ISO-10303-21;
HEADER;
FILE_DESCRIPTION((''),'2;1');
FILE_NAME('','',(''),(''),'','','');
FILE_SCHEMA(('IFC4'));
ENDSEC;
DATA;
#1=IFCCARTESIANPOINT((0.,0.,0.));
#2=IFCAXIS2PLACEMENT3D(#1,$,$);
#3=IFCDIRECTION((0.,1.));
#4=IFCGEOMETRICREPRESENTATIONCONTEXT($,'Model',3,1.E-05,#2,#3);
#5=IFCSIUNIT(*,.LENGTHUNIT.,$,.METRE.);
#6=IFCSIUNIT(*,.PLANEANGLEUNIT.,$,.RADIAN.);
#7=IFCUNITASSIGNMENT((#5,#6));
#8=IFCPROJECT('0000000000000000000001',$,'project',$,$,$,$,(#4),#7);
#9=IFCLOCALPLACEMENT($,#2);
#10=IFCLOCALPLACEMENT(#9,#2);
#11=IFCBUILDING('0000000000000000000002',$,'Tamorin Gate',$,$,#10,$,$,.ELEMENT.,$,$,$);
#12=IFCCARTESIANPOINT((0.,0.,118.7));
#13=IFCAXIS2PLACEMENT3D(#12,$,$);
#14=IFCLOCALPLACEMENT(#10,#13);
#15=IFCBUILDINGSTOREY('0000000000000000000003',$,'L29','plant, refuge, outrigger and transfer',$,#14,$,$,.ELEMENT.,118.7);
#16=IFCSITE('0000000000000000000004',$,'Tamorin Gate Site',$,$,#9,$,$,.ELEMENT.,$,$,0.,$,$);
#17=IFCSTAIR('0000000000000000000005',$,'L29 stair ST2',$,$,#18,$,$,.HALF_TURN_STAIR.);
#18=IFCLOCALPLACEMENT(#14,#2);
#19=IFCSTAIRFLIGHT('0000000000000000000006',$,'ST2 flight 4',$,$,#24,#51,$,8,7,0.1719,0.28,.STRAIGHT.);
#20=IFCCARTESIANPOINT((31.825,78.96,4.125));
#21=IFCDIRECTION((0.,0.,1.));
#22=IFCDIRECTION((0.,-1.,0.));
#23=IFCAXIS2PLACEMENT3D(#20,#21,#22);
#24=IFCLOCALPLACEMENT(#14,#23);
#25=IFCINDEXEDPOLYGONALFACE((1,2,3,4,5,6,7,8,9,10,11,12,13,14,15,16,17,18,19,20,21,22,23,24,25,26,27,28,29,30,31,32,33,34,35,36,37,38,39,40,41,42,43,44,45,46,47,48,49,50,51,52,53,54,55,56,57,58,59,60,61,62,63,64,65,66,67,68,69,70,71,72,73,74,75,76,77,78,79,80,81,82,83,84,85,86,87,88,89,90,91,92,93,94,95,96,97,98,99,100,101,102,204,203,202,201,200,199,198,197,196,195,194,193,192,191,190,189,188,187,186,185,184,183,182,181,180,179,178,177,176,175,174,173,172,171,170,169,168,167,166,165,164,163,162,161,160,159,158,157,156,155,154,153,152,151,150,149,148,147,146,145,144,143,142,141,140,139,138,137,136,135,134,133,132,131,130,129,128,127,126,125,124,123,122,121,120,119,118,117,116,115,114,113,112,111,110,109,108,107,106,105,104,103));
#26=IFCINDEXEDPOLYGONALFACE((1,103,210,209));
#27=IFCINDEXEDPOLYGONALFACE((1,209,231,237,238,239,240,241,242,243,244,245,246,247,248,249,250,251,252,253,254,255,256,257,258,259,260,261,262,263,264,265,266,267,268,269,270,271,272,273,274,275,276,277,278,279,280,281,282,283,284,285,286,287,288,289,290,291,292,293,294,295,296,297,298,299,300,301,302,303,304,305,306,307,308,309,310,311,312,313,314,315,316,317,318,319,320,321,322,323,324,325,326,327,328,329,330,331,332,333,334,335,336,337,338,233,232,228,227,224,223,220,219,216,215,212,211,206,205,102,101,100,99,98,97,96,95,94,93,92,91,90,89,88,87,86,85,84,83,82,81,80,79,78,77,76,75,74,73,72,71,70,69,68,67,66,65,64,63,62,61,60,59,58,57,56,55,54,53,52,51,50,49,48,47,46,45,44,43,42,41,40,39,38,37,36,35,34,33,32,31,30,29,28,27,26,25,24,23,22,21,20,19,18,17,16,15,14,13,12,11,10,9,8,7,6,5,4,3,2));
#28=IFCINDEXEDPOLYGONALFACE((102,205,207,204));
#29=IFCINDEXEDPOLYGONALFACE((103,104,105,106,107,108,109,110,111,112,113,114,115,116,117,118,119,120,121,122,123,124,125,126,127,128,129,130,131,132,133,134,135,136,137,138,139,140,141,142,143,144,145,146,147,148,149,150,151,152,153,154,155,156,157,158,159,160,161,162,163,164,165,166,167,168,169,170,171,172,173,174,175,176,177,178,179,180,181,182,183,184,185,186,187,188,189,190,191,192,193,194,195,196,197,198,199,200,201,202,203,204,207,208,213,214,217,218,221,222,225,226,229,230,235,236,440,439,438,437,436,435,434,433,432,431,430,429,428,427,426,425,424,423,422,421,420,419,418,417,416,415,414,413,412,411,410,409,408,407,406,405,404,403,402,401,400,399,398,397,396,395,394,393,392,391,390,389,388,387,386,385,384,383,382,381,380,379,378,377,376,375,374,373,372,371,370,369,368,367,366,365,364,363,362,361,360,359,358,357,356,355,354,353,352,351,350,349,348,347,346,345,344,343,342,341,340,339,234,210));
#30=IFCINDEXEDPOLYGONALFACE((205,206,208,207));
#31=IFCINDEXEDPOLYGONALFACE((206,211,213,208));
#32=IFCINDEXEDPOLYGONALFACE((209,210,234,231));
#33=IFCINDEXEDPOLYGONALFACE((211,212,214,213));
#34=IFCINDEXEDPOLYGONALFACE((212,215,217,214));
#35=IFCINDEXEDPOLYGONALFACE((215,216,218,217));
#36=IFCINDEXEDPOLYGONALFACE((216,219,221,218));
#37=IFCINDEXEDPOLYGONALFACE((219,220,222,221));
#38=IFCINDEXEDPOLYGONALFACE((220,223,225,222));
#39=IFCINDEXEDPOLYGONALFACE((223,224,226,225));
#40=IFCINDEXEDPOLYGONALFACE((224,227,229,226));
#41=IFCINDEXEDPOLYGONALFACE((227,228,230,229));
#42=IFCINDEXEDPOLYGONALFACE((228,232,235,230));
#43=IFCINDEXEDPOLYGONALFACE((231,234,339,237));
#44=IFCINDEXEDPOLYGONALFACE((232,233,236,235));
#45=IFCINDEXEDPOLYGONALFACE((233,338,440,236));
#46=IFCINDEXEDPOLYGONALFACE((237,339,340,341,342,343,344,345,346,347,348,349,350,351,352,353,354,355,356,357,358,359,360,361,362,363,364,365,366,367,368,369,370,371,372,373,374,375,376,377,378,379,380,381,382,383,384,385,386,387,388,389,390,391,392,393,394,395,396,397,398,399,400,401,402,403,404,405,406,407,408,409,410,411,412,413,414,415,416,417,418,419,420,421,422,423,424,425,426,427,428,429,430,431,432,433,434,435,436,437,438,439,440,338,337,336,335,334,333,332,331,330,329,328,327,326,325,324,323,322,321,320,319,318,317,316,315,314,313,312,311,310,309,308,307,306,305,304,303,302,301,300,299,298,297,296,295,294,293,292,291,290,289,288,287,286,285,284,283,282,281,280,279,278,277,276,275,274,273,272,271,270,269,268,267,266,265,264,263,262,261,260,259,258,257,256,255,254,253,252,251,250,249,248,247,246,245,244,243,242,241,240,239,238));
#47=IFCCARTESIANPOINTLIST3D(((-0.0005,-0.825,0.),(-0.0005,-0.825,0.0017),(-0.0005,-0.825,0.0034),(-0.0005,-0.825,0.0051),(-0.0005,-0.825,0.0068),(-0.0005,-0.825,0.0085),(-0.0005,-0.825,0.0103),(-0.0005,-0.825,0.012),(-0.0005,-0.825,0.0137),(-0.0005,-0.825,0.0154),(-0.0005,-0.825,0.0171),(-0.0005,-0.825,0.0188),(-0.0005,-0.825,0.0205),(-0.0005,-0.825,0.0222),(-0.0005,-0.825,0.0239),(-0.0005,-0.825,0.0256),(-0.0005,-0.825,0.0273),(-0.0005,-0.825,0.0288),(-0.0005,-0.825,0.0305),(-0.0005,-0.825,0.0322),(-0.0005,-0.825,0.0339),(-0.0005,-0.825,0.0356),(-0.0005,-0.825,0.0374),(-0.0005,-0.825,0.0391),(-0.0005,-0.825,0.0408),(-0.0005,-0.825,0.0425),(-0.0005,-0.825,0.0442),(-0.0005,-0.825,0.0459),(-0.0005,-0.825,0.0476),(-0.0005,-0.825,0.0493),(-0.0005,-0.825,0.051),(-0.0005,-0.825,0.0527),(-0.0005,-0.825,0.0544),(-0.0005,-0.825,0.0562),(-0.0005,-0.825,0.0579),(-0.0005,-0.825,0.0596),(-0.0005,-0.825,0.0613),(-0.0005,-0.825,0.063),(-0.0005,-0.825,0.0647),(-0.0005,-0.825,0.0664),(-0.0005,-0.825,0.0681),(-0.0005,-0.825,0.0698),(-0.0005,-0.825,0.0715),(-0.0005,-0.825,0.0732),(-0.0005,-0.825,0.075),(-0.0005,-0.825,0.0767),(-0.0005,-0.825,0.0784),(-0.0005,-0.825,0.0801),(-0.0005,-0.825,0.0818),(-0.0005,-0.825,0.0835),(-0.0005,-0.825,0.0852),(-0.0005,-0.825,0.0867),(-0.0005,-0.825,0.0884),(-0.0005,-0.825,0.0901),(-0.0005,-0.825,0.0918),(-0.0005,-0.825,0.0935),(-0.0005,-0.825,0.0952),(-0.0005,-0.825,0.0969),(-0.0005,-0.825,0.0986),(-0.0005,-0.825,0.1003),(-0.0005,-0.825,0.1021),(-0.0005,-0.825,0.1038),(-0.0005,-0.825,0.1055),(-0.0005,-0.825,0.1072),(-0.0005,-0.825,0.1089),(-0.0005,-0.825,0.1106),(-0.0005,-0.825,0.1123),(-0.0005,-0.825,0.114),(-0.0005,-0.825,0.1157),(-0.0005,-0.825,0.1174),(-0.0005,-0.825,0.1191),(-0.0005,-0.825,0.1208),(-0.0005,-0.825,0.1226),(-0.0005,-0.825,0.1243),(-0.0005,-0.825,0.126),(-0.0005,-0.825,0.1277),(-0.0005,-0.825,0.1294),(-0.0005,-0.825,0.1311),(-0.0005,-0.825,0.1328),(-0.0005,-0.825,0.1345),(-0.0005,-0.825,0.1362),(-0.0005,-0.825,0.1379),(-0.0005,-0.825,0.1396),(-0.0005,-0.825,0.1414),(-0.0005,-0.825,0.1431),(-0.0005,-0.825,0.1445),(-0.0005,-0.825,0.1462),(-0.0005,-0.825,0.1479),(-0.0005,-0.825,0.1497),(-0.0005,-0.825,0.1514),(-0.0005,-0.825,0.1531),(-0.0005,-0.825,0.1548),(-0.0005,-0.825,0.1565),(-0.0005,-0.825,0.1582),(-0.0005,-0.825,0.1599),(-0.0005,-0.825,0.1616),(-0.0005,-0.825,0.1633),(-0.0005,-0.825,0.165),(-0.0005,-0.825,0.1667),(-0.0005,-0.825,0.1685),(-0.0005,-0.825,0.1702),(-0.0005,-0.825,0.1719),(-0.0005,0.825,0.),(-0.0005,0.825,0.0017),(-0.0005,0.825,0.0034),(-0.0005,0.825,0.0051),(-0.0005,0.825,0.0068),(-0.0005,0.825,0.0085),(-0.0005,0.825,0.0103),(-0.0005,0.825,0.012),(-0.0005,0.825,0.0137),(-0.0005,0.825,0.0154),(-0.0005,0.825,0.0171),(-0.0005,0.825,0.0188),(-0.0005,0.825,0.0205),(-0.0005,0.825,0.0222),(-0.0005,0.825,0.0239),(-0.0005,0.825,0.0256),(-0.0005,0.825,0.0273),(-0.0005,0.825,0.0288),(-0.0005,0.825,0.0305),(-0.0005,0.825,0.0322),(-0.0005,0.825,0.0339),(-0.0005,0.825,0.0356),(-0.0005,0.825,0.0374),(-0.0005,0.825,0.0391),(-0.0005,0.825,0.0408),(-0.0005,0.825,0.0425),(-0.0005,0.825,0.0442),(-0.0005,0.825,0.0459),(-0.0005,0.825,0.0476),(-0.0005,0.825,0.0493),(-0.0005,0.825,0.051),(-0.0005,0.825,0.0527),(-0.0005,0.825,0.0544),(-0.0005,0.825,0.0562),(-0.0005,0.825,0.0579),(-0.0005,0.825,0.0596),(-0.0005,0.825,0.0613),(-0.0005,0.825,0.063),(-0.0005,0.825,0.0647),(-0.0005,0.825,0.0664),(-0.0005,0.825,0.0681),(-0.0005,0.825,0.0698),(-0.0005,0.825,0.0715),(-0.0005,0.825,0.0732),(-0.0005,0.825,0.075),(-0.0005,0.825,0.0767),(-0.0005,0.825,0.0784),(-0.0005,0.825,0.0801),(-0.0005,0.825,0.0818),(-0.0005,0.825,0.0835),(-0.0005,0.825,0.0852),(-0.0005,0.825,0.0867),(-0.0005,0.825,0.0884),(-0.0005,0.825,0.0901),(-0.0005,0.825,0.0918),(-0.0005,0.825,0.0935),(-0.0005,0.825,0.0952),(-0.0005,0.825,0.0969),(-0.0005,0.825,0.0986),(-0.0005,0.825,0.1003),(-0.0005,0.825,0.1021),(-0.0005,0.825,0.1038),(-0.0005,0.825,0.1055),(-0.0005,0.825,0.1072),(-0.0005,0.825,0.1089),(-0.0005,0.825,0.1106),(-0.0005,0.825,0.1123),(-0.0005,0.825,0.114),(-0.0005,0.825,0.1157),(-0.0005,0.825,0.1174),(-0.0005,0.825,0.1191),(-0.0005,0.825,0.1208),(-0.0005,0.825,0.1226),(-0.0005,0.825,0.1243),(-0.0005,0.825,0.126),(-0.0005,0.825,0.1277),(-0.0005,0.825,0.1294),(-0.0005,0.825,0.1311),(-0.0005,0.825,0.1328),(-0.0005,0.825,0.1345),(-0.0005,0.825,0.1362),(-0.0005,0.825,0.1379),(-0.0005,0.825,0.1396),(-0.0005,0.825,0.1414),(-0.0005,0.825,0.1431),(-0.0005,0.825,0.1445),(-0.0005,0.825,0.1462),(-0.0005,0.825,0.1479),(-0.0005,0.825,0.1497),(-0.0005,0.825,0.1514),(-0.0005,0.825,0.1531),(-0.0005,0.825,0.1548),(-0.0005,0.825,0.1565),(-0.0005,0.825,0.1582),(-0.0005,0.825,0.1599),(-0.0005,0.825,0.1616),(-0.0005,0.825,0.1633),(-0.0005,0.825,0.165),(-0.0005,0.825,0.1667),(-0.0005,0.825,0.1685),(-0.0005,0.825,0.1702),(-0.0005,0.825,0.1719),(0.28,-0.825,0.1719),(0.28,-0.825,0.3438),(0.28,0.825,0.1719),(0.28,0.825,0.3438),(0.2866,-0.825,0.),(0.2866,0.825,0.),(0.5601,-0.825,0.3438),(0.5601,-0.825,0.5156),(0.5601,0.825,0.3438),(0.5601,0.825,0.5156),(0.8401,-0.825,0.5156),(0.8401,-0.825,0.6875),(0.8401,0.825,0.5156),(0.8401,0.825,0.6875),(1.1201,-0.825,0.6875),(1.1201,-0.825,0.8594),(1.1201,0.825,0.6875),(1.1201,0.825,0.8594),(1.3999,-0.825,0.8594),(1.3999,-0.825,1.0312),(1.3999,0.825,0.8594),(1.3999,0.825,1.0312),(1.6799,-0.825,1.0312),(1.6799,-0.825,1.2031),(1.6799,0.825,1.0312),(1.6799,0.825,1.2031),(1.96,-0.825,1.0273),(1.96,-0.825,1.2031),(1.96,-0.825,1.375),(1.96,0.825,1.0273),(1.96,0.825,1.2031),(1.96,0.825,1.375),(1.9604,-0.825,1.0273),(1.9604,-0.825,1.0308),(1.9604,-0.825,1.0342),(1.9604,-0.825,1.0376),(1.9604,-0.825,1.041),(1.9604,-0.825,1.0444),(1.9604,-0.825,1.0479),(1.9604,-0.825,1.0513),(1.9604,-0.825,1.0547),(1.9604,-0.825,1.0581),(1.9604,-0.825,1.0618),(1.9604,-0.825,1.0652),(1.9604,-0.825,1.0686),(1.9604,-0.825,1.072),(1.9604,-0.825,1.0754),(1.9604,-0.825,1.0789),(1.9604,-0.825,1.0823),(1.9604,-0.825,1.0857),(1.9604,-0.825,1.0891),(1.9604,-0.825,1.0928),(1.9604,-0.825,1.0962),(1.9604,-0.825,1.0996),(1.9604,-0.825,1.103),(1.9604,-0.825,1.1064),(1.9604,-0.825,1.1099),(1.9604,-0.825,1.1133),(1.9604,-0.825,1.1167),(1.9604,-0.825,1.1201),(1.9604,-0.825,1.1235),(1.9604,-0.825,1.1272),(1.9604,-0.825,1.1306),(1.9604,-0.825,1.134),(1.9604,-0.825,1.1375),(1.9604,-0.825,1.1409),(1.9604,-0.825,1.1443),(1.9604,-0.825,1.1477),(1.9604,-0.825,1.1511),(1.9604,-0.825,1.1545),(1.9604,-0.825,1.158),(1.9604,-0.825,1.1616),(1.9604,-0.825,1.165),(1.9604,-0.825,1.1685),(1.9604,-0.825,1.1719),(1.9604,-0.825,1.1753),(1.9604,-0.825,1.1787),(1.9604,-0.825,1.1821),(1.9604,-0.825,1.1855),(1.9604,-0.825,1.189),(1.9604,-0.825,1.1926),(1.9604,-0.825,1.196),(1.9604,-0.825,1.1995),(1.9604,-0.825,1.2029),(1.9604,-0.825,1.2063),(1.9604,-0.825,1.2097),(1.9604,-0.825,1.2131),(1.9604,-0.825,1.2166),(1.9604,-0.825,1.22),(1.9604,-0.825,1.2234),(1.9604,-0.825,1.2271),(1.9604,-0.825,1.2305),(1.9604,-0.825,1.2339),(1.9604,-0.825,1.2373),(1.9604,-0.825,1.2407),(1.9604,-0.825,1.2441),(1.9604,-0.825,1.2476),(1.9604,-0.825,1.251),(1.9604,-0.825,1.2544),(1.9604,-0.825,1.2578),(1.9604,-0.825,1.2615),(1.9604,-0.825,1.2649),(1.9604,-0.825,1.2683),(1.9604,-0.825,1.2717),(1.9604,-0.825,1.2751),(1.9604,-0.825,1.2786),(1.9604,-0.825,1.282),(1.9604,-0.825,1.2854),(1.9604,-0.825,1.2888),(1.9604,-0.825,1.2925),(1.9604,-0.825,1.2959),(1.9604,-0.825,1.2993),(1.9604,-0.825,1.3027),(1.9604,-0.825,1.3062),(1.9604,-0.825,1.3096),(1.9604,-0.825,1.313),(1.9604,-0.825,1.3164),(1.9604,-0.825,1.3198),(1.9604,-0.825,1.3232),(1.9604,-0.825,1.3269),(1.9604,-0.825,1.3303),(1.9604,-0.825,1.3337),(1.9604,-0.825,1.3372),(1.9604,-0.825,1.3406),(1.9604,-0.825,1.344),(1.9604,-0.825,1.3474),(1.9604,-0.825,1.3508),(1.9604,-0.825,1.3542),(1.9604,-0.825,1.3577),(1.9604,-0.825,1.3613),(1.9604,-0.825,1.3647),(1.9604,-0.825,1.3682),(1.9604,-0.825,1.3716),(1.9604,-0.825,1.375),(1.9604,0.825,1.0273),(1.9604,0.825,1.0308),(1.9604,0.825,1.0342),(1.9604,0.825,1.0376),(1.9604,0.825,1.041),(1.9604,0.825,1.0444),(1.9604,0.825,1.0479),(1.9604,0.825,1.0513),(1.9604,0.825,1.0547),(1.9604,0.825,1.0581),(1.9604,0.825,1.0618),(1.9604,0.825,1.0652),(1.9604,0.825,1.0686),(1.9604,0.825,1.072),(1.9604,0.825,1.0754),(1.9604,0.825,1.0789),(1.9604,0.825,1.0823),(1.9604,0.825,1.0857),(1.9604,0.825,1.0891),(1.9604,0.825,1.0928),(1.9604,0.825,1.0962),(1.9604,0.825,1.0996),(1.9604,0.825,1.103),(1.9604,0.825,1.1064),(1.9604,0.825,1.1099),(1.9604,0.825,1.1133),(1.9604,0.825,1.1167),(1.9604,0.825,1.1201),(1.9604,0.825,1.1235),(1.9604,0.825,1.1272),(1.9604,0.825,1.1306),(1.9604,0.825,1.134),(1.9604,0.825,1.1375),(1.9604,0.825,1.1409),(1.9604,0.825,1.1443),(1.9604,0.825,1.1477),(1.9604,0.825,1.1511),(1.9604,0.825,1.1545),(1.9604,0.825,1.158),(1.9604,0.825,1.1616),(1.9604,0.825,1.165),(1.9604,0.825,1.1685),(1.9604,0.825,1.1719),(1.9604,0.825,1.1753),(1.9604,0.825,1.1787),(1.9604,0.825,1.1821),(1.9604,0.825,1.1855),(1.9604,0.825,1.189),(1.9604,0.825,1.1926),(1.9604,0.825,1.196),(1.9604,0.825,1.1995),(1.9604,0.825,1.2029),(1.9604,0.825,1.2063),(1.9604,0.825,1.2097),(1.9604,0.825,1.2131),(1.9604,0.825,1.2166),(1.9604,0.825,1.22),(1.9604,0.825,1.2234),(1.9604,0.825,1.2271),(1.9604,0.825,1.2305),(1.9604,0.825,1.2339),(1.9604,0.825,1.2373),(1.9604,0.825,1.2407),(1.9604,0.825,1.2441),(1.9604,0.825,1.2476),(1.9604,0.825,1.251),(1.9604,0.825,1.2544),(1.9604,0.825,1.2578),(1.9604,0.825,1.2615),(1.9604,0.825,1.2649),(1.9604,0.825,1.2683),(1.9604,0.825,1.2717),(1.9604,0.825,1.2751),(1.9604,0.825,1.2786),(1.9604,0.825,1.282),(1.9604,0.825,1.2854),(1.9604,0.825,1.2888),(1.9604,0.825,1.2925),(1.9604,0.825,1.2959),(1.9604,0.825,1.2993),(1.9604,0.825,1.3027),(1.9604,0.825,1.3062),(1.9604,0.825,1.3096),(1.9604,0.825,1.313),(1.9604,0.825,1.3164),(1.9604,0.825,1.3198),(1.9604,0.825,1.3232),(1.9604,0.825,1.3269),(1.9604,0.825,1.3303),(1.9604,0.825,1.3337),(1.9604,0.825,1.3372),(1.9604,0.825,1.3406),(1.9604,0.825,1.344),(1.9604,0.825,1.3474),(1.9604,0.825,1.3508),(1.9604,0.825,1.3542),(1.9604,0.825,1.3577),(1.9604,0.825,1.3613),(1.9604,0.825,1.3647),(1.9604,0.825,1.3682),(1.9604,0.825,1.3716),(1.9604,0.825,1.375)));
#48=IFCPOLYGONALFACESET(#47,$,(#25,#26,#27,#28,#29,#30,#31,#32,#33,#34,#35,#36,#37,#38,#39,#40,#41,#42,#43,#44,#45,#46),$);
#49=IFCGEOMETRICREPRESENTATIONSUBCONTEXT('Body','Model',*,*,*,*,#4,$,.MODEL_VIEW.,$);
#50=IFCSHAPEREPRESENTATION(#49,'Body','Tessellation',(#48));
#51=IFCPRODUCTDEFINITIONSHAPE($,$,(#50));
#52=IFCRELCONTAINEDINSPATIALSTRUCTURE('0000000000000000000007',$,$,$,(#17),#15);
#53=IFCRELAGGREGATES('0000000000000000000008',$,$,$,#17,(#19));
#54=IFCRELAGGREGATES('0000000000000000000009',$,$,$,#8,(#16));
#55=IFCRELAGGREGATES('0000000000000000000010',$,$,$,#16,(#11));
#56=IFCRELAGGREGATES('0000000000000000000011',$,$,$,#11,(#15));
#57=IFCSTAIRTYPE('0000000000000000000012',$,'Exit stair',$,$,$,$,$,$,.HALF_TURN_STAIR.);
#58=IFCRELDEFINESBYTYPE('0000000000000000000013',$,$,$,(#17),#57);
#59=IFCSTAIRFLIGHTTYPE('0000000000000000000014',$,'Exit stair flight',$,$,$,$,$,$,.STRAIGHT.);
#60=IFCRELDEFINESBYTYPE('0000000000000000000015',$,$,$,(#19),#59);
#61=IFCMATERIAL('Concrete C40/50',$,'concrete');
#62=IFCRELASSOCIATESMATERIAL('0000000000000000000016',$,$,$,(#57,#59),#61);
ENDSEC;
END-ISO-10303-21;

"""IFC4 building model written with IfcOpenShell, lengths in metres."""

from ifc_helpers import new_model, si_unit, direction, frame, origin, place, context, subcontext, project, spatial, polyline, outline, extrude, material, type_object, element, aggregate, save


model = new_model("IFC4")

# Units and contexts
model_context = context("Model", 3, precision=1e-05, world=origin(), true_north=direction((0.0, 1.0)))
body_context = subcontext(model_context, "Body", "Model", "MODEL_VIEW")
ifc_project = project(units=[si_unit("LENGTHUNIT", "METRE"), si_unit("PLANEANGLEUNIT", "RADIAN")], contexts=[model_context])

# Site, building, storey
site_placement = place(None, origin())
site = spatial("IfcSite", under=ifc_project, at=site_placement, Name="Tamorin Gate Site", CompositionType="ELEMENT", RefElevation=0.0)
building_placement = place(site_placement, origin())
building = spatial("IfcBuilding", under=site, at=building_placement, Name="Tamorin Gate", CompositionType="ELEMENT")
storey_placement = place(building_placement, frame((0.0, 0.0, 118.7)))
storey = spatial("IfcBuildingStorey", under=building, at=storey_placement, Name="L29", Description="plant, refuge, outrigger and transfer", CompositionType="ELEMENT", Elevation=118.7)

# Shared definitions
ifc_material_1 = material(Name="Concrete C40/50", Category="concrete")

# Stair, stair flight
stair_type = type_object("IfcStairType", Name="Exit stair", PredefinedType="HALF_TURN_STAIR", material=ifc_material_1)
stair_placement = place(storey_placement, origin())
stair = element("IfcStair", 1, at=stair_placement, inside=storey, type_object=stair_type, Name="L29 stair ST2", PredefinedType="HALF_TURN_STAIR")
stair_flight_type = type_object("IfcStairFlightType", Name="Exit stair flight", PredefinedType="STRAIGHT", material=ifc_material_1)
stair_flight_1_placement = place(storey_placement, frame((31.825, 78.96, 4.125), z_axis=(0.0, 0.0, 1.0), x_axis=(0.0, -1.0, 0.0)))
stair_flight_1 = element("IfcStairFlight", 2, at=stair_flight_1_placement, type_object=stair_flight_type, Name="ST2 flight 4", NumberOfRisers=8, NumberOfTreads=7, PredefinedType="STRAIGHT", RiserHeight=0.1719, TreadLength=0.28, context=body_context, shape_type="SweptSolid", body=[
    extrude(outline(polyline([(-0.0005, 0.0), (-0.0005, 0.0017), (-0.0005, 0.0034), (-0.0005, 0.0051), (-0.0005, 0.0068), (-0.0005, 0.0085), (-0.0005, 0.0103), (-0.0005, 0.012), (-0.0005, 0.0137), (-0.0005, 0.0154), (-0.0005, 0.0171), (-0.0005, 0.0188), (-0.0005, 0.0205), (-0.0005, 0.0222), (-0.0005, 0.0239), (-0.0005, 0.0256), (-0.0005, 0.0273), (-0.0005, 0.0288), (-0.0005, 0.0305), (-0.0005, 0.0322), (-0.0005, 0.0339), (-0.0005, 0.0356), (-0.0005, 0.0374), (-0.0005, 0.0391), (-0.0005, 0.0408), (-0.0005, 0.0425), (-0.0005, 0.0442), (-0.0005, 0.0459), (-0.0005, 0.0476), (-0.0005, 0.0493), (-0.0005, 0.051), (-0.0005, 0.0527), (-0.0005, 0.0544), (-0.0005, 0.0562), (-0.0005, 0.0579), (-0.0005, 0.0596), (-0.0005, 0.0613), (-0.0005, 0.063), (-0.0005, 0.0647), (-0.0005, 0.0664), (-0.0005, 0.0681), (-0.0005, 0.0698), (-0.0005, 0.0715), (-0.0005, 0.0732), (-0.0005, 0.075), (-0.0005, 0.0767), (-0.0005, 0.0784), (-0.0005, 0.0801), (-0.0005, 0.0818), (-0.0005, 0.0835), (-0.0005, 0.0852), (-0.0005, 0.0867), (-0.0005, 0.0884), (-0.0005, 0.0901), (-0.0005, 0.0918), (-0.0005, 0.0935), (-0.0005, 0.0952), (-0.0005, 0.0969), (-0.0005, 0.0986), (-0.0005, 0.1003), (-0.0005, 0.1021), (-0.0005, 0.1038), (-0.0005, 0.1055), (-0.0005, 0.1072), (-0.0005, 0.1089), (-0.0005, 0.1106), (-0.0005, 0.1123), (-0.0005, 0.114), (-0.0005, 0.1157), (-0.0005, 0.1174), (-0.0005, 0.1191), (-0.0005, 0.1208), (-0.0005, 0.1226), (-0.0005, 0.1243), (-0.0005, 0.126), (-0.0005, 0.1277), (-0.0005, 0.1294), (-0.0005, 0.1311), (-0.0005, 0.1328), (-0.0005, 0.1345), (-0.0005, 0.1362), (-0.0005, 0.1379), (-0.0005, 0.1396), (-0.0005, 0.1414), (-0.0005, 0.1431), (-0.0005, 0.1445), (-0.0005, 0.1462), (-0.0005, 0.1479), (-0.0005, 0.1497), (-0.0005, 0.1514), (-0.0005, 0.1531), (-0.0005, 0.1548), (-0.0005, 0.1565), (-0.0005, 0.1582), (-0.0005, 0.1599), (-0.0005, 0.1616), (-0.0005, 0.1633), (-0.0005, 0.165), (-0.0005, 0.1667), (-0.0005, 0.1685), (-0.0005, 0.1702), (-0.0005, 0.1719), (0.28, 0.1719), (0.28, 0.3438), (0.5601, 0.3438), (0.5601, 0.5156), (0.8401, 0.5156), (0.8401, 0.6875), (1.1201, 0.6875), (1.1201, 0.8594), (1.3999, 0.8594), (1.3999, 1.0312), (1.6799, 1.0312), (1.6799, 1.2031), (1.96, 1.2031), (1.96, 1.375), (1.9604, 1.375), (1.9604, 1.3716), (1.9604, 1.3682), (1.9604, 1.3647), (1.9604, 1.3613), (1.9604, 1.3577), (1.9604, 1.3542), (1.9604, 1.3508), (1.9604, 1.3474), (1.9604, 1.344), (1.9604, 1.3406), (1.9604, 1.3372), (1.9604, 1.3337), (1.9604, 1.3303), (1.9604, 1.3269), (1.9604, 1.3232), (1.9604, 1.3198), (1.9604, 1.3164), (1.9604, 1.313), (1.9604, 1.3096), (1.9604, 1.3062), (1.9604, 1.3027), (1.9604, 1.2993), (1.9604, 1.2959), (1.9604, 1.2925), (1.9604, 1.2888), (1.9604, 1.2854), (1.9604, 1.282), (1.9604, 1.2786), (1.9604, 1.2751), (1.9604, 1.2717), (1.9604, 1.2683), (1.9604, 1.2649), (1.9604, 1.2615), (1.9604, 1.2578), (1.9604, 1.2544), (1.9604, 1.251), (1.9604, 1.2476), (1.9604, 1.2441), (1.9604, 1.2407), (1.9604, 1.2373), (1.9604, 1.2339), (1.9604, 1.2305), (1.9604, 1.2271), (1.9604, 1.2234), (1.9604, 1.22), (1.9604, 1.2166), (1.9604, 1.2131), (1.9604, 1.2097), (1.9604, 1.2063), (1.9604, 1.2029), (1.9604, 1.1995), (1.9604, 1.196), (1.9604, 1.1926), (1.9604, 1.189), (1.9604, 1.1855), (1.9604, 1.1821), (1.9604, 1.1787), (1.9604, 1.1753), (1.9604, 1.1719), (1.9604, 1.1685), (1.9604, 1.165), (1.9604, 1.1616), (1.9604, 1.158), (1.9604, 1.1545), (1.9604, 1.1511), (1.9604, 1.1477), (1.9604, 1.1443), (1.9604, 1.1409), (1.9604, 1.1375), (1.9604, 1.134), (1.9604, 1.1306), (1.9604, 1.1272), (1.9604, 1.1235), (1.9604, 1.1201), (1.9604, 1.1167), (1.9604, 1.1133), (1.9604, 1.1099), (1.9604, 1.1064), (1.9604, 1.103), (1.9604, 1.0996), (1.9604, 1.0962), (1.9604, 1.0928), (1.9604, 1.0891), (1.9604, 1.0857), (1.9604, 1.0823), (1.9604, 1.0789), (1.9604, 1.0754), (1.9604, 1.072), (1.9604, 1.0686), (1.9604, 1.0652), (1.9604, 1.0618), (1.9604, 1.0581), (1.9604, 1.0547), (1.9604, 1.0513), (1.9604, 1.0479), (1.9604, 1.0444), (1.9604, 1.041), (1.9604, 1.0376), (1.9604, 1.0342), (1.9604, 1.0308), (1.9604, 1.0273), (1.96, 1.0273), (0.2866, 0.0), (-0.0005, 0.0)])), frame((0.0, 0.825, 0.0), z_axis=(0.0, -1.0, 0.0), x_axis=(1.0, 0.0, 0.0)), (0.0, 0.0, 1.0), 1.6499),
])
aggregate(stair, [stair_flight_1])

save(model, "model.ifc")
